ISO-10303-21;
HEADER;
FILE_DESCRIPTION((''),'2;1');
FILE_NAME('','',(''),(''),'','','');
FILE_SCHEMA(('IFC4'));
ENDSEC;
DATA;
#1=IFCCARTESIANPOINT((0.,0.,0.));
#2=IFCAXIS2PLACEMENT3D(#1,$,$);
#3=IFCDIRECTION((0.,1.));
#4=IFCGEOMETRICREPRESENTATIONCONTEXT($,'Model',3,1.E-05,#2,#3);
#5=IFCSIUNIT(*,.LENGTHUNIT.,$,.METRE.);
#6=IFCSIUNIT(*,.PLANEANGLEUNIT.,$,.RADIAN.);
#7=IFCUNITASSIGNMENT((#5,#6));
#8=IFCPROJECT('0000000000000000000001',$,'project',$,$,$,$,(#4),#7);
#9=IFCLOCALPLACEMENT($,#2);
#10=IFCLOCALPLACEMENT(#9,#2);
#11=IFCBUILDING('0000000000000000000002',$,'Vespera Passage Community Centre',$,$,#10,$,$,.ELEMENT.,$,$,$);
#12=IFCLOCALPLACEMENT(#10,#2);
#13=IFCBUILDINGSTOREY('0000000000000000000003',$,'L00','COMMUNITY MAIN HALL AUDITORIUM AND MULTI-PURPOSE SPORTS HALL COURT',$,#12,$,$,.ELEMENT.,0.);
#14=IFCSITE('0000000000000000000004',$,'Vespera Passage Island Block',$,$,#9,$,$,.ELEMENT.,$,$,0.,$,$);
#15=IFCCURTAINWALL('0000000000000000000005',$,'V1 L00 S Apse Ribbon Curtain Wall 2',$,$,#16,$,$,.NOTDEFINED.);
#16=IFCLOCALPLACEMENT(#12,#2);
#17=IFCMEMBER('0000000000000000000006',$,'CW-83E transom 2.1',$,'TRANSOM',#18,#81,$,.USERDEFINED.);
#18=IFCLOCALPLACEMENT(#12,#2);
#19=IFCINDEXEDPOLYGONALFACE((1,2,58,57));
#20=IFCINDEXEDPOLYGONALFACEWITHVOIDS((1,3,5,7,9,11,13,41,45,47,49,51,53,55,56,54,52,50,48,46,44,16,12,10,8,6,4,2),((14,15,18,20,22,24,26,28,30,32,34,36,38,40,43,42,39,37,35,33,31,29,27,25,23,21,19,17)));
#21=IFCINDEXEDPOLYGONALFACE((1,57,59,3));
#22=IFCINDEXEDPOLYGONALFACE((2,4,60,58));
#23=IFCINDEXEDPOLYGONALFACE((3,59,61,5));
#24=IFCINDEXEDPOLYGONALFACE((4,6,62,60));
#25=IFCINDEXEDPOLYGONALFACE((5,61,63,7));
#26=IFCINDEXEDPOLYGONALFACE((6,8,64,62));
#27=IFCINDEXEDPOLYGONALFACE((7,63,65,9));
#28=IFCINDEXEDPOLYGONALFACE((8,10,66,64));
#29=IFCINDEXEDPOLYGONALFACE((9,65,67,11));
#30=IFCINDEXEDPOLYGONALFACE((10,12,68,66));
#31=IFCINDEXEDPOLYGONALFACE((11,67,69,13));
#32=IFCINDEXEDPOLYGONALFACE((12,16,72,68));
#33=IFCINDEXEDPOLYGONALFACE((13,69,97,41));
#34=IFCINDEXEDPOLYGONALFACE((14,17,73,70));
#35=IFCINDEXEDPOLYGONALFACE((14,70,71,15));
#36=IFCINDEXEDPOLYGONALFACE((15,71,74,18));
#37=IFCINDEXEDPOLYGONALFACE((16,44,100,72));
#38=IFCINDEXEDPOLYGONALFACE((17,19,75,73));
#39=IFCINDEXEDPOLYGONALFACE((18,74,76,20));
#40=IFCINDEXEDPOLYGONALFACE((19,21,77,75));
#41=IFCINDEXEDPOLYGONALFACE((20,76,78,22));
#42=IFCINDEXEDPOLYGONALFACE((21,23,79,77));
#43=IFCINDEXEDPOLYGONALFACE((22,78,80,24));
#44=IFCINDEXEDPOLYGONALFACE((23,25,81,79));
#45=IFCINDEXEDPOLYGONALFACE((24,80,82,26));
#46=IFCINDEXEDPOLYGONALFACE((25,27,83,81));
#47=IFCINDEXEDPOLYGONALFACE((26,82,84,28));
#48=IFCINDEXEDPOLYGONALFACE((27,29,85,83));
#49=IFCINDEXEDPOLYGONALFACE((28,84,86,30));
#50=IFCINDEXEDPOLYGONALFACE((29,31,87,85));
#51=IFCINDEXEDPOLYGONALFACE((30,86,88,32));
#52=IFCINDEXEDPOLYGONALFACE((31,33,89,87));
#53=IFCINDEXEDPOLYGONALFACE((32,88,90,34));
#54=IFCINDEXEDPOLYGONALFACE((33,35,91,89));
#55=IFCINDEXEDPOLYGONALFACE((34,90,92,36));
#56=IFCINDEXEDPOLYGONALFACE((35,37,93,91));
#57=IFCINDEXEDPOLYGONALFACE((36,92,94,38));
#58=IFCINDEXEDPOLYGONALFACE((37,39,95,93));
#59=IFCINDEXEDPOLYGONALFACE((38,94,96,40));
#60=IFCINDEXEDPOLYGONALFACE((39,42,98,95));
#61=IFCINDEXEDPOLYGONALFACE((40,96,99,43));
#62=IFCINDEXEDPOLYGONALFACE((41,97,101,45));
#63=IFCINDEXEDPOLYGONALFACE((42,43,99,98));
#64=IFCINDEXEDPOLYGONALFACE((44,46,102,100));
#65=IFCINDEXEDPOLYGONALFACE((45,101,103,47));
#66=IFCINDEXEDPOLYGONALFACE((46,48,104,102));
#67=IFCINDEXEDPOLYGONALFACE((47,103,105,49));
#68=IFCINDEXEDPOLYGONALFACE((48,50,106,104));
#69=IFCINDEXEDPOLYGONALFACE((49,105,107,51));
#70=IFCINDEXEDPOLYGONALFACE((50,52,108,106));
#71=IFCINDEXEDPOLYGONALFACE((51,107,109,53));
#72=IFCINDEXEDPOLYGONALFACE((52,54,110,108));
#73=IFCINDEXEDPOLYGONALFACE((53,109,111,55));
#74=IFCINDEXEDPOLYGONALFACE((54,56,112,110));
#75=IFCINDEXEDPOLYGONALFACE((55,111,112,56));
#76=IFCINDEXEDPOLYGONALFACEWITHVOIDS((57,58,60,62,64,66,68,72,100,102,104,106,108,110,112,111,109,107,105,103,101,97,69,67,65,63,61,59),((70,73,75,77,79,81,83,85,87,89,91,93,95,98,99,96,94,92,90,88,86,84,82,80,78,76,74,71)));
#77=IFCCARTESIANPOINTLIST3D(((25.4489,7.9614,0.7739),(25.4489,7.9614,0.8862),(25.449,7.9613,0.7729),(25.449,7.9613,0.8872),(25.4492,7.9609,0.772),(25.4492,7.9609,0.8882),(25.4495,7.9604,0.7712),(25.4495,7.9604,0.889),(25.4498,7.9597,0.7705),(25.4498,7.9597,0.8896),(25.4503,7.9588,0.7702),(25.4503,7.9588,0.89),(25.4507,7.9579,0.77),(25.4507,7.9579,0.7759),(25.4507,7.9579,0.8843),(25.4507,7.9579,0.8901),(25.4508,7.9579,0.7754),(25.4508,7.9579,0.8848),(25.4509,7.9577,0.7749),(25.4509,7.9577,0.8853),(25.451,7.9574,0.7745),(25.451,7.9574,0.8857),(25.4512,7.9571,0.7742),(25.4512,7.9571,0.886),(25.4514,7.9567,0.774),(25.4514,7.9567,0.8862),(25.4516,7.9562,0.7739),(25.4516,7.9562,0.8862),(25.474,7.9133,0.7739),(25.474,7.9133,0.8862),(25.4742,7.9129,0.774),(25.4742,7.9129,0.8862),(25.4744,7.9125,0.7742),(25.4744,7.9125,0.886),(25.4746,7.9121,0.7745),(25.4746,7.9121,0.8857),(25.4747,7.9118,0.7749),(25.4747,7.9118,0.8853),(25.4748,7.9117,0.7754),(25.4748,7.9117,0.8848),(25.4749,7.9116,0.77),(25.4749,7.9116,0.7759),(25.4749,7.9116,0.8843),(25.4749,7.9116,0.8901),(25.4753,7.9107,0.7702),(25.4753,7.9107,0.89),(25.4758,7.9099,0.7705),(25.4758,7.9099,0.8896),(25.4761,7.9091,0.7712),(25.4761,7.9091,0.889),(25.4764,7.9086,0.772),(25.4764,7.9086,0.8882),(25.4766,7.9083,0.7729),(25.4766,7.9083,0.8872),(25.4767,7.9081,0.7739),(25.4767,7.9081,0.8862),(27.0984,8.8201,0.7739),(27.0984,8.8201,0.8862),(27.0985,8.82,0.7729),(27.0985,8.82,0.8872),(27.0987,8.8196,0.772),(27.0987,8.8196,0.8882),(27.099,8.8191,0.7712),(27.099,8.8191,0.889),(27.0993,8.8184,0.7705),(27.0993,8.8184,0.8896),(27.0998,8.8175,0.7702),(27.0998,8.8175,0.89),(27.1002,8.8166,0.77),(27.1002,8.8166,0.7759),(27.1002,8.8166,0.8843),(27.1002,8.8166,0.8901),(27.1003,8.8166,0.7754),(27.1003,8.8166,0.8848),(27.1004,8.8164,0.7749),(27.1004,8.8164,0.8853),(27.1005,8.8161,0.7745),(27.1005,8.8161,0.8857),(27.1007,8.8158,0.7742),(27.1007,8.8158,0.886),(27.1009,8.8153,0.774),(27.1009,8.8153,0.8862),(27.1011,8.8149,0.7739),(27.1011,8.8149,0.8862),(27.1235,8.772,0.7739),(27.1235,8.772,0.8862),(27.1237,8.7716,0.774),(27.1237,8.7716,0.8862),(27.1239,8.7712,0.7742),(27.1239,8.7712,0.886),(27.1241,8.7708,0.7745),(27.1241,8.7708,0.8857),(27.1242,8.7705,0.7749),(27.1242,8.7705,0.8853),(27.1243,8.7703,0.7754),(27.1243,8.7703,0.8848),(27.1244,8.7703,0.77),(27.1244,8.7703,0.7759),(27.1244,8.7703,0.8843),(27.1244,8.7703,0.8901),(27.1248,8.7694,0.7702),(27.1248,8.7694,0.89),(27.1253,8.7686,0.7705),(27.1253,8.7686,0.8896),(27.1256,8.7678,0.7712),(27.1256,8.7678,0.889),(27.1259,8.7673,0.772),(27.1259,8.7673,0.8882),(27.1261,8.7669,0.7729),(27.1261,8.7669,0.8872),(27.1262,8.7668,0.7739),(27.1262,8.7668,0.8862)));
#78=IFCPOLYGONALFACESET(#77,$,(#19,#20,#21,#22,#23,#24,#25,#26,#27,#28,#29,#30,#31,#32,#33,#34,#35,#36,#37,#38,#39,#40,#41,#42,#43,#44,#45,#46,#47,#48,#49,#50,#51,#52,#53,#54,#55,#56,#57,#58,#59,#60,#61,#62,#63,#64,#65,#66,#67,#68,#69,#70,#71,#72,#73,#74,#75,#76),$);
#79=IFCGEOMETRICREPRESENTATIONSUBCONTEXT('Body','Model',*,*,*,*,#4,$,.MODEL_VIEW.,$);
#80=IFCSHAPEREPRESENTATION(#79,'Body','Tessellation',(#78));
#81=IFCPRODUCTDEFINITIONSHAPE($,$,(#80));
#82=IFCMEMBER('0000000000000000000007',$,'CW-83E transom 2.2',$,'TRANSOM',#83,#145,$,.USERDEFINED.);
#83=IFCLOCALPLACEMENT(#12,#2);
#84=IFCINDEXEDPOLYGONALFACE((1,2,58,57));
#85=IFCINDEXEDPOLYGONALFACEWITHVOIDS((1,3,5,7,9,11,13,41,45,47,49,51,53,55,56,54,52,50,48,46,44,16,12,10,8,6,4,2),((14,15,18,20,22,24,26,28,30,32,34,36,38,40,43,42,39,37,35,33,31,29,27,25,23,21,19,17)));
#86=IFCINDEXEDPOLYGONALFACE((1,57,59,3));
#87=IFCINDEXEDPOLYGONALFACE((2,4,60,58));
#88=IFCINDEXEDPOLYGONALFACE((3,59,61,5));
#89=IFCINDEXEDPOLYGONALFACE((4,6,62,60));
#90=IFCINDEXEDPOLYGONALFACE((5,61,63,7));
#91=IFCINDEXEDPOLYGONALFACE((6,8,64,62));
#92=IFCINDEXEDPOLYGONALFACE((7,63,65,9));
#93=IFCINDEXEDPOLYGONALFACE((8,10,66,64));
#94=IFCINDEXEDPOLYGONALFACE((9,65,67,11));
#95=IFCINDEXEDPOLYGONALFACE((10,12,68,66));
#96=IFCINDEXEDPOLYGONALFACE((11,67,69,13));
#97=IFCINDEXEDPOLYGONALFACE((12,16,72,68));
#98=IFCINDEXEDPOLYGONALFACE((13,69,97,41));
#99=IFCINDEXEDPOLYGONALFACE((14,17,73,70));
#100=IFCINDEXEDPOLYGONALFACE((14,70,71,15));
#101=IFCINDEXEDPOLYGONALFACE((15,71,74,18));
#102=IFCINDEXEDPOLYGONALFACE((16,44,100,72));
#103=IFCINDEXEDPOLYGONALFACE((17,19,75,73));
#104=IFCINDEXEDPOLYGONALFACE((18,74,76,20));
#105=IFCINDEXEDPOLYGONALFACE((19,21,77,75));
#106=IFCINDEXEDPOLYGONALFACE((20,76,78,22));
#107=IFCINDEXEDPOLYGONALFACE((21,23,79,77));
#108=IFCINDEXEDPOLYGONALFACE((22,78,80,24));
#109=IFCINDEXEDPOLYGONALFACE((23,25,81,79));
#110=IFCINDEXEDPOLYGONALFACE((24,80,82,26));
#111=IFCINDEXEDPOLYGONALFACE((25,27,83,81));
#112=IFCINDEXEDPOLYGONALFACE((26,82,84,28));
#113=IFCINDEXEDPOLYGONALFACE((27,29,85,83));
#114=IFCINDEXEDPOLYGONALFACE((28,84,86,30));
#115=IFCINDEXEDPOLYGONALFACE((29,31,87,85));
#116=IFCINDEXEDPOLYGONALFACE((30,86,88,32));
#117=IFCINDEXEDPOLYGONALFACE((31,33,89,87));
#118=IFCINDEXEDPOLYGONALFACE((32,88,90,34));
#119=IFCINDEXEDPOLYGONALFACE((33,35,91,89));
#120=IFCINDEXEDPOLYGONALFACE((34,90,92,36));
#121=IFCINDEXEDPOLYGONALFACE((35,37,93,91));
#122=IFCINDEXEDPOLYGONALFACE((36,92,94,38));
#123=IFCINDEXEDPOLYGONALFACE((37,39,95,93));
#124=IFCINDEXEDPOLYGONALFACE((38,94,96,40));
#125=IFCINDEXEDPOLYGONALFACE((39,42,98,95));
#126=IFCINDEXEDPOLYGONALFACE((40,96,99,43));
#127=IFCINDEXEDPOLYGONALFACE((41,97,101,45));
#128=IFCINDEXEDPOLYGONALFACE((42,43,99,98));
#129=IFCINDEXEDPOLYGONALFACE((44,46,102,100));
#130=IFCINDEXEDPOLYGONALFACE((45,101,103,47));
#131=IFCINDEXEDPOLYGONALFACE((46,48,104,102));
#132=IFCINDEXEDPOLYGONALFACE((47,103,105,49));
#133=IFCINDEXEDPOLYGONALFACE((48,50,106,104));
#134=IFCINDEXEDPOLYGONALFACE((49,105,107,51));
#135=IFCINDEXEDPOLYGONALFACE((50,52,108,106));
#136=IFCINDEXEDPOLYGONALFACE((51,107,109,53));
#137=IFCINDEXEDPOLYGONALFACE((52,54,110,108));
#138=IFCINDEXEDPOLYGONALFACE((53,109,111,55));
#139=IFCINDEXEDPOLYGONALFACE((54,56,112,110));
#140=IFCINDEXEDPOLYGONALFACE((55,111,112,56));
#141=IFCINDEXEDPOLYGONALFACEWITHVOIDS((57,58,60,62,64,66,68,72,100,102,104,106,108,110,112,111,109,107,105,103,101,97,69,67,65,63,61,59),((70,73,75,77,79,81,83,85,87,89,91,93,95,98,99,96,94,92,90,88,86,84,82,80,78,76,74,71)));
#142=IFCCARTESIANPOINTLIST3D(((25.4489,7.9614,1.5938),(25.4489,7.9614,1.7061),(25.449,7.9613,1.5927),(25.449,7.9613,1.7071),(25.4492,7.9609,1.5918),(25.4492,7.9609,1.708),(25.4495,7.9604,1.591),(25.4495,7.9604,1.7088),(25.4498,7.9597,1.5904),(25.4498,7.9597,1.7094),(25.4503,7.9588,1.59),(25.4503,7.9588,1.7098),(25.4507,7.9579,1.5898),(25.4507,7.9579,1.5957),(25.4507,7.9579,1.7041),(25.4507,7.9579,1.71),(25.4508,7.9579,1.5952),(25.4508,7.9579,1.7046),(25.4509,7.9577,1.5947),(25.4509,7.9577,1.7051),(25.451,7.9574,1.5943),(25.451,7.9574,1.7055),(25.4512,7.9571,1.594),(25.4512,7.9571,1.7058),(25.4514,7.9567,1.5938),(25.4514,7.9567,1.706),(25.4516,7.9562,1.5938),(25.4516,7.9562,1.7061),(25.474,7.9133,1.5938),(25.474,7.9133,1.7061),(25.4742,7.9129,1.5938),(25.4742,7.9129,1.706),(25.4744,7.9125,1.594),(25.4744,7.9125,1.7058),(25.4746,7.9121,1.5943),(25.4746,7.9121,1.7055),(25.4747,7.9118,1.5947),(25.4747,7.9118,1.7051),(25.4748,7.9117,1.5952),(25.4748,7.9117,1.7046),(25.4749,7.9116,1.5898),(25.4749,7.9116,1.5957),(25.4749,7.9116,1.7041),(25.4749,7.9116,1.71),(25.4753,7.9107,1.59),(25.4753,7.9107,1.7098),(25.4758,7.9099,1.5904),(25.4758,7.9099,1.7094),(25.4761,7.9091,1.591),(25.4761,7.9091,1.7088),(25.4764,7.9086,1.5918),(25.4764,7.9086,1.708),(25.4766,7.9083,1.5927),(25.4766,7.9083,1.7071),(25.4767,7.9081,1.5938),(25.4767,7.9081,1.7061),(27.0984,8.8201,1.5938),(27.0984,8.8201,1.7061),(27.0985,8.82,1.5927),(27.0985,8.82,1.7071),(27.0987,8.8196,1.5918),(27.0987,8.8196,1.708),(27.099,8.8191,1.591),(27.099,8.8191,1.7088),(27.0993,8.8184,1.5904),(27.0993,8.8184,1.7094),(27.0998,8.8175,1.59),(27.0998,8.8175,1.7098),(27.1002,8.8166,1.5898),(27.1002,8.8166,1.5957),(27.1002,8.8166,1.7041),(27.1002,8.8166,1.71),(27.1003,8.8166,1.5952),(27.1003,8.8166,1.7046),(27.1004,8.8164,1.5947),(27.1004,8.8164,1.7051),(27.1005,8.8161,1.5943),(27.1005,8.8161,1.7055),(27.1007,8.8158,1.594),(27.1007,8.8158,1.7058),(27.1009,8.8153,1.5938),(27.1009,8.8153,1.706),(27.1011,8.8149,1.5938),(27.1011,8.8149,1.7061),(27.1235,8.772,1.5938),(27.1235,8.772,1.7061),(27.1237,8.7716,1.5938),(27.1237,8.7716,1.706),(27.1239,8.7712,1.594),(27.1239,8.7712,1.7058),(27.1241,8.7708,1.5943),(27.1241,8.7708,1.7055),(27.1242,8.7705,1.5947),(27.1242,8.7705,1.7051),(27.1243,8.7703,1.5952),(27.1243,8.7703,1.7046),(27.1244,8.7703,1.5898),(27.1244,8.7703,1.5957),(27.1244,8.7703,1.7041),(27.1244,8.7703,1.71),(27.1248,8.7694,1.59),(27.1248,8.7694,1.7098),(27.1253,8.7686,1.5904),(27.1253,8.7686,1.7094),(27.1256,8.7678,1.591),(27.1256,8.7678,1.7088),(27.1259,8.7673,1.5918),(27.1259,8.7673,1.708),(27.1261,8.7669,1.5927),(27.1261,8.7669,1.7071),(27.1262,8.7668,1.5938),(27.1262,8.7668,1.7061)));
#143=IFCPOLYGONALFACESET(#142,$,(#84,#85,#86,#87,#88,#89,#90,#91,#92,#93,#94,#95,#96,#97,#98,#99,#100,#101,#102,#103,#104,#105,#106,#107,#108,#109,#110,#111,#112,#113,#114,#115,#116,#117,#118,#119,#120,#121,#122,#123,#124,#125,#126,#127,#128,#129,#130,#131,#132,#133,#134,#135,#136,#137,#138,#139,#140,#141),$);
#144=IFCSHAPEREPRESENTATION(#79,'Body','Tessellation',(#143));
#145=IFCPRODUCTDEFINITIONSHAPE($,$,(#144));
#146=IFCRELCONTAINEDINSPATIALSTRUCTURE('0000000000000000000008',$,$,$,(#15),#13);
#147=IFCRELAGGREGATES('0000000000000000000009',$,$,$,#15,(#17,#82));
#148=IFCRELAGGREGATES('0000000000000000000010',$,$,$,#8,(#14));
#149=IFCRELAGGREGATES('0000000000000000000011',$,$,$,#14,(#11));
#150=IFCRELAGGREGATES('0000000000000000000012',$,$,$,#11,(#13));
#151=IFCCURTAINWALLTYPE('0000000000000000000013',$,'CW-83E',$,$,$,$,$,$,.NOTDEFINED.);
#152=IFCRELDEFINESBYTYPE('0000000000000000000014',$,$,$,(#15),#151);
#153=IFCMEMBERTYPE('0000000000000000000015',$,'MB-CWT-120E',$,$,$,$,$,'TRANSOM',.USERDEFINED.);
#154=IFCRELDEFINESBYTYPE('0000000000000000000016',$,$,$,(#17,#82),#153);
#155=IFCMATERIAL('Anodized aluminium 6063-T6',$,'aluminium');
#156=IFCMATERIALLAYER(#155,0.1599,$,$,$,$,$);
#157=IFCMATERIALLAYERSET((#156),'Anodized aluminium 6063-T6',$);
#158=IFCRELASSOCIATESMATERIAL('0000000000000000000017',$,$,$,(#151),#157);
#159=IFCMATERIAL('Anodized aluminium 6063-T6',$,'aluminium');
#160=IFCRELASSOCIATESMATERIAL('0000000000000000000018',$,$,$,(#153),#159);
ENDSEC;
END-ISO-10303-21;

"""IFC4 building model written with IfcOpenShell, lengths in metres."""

from ifc_helpers import new_model, si_unit, direction, frame, origin, origin_2d, place, context, subcontext, project, spatial, hollow_rectangle, extrude, material, layer, layer_set, material_profile, profile_set, type_object, element, aggregate, save


model = new_model("IFC4")

# Units and contexts
model_context = context("Model", 3, precision=1e-05, world=origin(), true_north=direction((0.0, 1.0)))
body_context = subcontext(model_context, "Body", "Model", "MODEL_VIEW")
ifc_project = project(units=[si_unit("LENGTHUNIT", "METRE"), si_unit("PLANEANGLEUNIT", "RADIAN")], contexts=[model_context])

# Site, building, storey
site_placement = place(None, origin())
site = spatial("IfcSite", under=ifc_project, at=site_placement, Name="Vespera Passage Island Block", CompositionType="ELEMENT", RefElevation=0.0)
building_placement = place(site_placement, origin())
building = spatial("IfcBuilding", under=site, at=building_placement, Name="Vespera Passage Community Centre", CompositionType="ELEMENT")
storey_placement = place(building_placement, origin())
storey = spatial("IfcBuildingStorey", under=building, at=storey_placement, Name="L00", Description="COMMUNITY MAIN HALL AUDITORIUM AND MULTI-PURPOSE SPORTS HALL COURT", CompositionType="ELEMENT", Elevation=0.0)

# Curtain wall, members
ifc_material_1 = material(Name="Anodized aluminium 6063-T6", Category="aluminium")
ifc_layer_1 = layer(ifc_material_1, 0.1599)
ifc_layer_set_1 = layer_set([ifc_layer_1], Name="Anodized aluminium 6063-T6")
curtain_wall_type = type_object("IfcCurtainWallType", Name="CW-83E", PredefinedType="NOTDEFINED", material=ifc_layer_set_1)
curtain_wall_placement = place(storey_placement, origin())
curtain_wall = element("IfcCurtainWall", 1, at=curtain_wall_placement, inside=storey, type_object=curtain_wall_type, Name="V1 L00 S Apse Ribbon Curtain Wall 2", PredefinedType="NOTDEFINED")
ifc_material_2 = material(Name="Anodized aluminium 6063-T6", Category="aluminium")
ifc_material_profile_1 = material_profile(ifc_material_2, hollow_rectangle(XDim=0.0601, YDim=0.1201, WallThickness=0.0039, InnerFilletRadius=0.002, OuterFilletRadius=0.0039, at=origin_2d()), Name="ALU120X60X4")
ifc_profile_set_1 = profile_set([ifc_material_profile_1], Name="Anodized aluminium 6063-T6")
member_type_1 = type_object("IfcMemberType", Name="MB-CWT-120E", ElementType="TRANSOM", PredefinedType="USERDEFINED", material=ifc_profile_set_1)
member_1_placement = place(storey_placement, frame((27.1123, 8.7935, 0.8301), z_axis=(-0.887008, -0.461754, 0.0), x_axis=(0.461754, -0.887008, 0.0)))
member_1 = element("IfcMember", 2, at=member_1_placement, type_object=member_type_1, Name="CW-83E transom 2.1", ObjectType="TRANSOM", PredefinedType="USERDEFINED", context=body_context, shape_type="SweptSolid", body=[
    extrude(hollow_rectangle(XDim=0.0601, YDim=0.1201, WallThickness=0.0039, InnerFilletRadius=0.002, OuterFilletRadius=0.0039, at=origin_2d()), origin(), (0.0, 0.0, 1.0), 1.8596),
])
member_2_placement = place(storey_placement, frame((27.1123, 8.7935, 1.6499), z_axis=(-0.887008, -0.461754, 0.0), x_axis=(0.461754, -0.887008, 0.0)))
member_2 = element("IfcMember", 3, at=member_2_placement, type_object=member_type_1, Name="CW-83E transom 2.2", ObjectType="TRANSOM", PredefinedType="USERDEFINED", context=body_context, shape_type="SweptSolid", body=[
    extrude(hollow_rectangle(XDim=0.0601, YDim=0.1201, WallThickness=0.0039, InnerFilletRadius=0.002, OuterFilletRadius=0.0039, at=origin_2d()), origin(), (0.0, 0.0, 1.0), 1.8596),
])
aggregate(curtain_wall, [member_1, member_2])

save(model, "model.ifc")
